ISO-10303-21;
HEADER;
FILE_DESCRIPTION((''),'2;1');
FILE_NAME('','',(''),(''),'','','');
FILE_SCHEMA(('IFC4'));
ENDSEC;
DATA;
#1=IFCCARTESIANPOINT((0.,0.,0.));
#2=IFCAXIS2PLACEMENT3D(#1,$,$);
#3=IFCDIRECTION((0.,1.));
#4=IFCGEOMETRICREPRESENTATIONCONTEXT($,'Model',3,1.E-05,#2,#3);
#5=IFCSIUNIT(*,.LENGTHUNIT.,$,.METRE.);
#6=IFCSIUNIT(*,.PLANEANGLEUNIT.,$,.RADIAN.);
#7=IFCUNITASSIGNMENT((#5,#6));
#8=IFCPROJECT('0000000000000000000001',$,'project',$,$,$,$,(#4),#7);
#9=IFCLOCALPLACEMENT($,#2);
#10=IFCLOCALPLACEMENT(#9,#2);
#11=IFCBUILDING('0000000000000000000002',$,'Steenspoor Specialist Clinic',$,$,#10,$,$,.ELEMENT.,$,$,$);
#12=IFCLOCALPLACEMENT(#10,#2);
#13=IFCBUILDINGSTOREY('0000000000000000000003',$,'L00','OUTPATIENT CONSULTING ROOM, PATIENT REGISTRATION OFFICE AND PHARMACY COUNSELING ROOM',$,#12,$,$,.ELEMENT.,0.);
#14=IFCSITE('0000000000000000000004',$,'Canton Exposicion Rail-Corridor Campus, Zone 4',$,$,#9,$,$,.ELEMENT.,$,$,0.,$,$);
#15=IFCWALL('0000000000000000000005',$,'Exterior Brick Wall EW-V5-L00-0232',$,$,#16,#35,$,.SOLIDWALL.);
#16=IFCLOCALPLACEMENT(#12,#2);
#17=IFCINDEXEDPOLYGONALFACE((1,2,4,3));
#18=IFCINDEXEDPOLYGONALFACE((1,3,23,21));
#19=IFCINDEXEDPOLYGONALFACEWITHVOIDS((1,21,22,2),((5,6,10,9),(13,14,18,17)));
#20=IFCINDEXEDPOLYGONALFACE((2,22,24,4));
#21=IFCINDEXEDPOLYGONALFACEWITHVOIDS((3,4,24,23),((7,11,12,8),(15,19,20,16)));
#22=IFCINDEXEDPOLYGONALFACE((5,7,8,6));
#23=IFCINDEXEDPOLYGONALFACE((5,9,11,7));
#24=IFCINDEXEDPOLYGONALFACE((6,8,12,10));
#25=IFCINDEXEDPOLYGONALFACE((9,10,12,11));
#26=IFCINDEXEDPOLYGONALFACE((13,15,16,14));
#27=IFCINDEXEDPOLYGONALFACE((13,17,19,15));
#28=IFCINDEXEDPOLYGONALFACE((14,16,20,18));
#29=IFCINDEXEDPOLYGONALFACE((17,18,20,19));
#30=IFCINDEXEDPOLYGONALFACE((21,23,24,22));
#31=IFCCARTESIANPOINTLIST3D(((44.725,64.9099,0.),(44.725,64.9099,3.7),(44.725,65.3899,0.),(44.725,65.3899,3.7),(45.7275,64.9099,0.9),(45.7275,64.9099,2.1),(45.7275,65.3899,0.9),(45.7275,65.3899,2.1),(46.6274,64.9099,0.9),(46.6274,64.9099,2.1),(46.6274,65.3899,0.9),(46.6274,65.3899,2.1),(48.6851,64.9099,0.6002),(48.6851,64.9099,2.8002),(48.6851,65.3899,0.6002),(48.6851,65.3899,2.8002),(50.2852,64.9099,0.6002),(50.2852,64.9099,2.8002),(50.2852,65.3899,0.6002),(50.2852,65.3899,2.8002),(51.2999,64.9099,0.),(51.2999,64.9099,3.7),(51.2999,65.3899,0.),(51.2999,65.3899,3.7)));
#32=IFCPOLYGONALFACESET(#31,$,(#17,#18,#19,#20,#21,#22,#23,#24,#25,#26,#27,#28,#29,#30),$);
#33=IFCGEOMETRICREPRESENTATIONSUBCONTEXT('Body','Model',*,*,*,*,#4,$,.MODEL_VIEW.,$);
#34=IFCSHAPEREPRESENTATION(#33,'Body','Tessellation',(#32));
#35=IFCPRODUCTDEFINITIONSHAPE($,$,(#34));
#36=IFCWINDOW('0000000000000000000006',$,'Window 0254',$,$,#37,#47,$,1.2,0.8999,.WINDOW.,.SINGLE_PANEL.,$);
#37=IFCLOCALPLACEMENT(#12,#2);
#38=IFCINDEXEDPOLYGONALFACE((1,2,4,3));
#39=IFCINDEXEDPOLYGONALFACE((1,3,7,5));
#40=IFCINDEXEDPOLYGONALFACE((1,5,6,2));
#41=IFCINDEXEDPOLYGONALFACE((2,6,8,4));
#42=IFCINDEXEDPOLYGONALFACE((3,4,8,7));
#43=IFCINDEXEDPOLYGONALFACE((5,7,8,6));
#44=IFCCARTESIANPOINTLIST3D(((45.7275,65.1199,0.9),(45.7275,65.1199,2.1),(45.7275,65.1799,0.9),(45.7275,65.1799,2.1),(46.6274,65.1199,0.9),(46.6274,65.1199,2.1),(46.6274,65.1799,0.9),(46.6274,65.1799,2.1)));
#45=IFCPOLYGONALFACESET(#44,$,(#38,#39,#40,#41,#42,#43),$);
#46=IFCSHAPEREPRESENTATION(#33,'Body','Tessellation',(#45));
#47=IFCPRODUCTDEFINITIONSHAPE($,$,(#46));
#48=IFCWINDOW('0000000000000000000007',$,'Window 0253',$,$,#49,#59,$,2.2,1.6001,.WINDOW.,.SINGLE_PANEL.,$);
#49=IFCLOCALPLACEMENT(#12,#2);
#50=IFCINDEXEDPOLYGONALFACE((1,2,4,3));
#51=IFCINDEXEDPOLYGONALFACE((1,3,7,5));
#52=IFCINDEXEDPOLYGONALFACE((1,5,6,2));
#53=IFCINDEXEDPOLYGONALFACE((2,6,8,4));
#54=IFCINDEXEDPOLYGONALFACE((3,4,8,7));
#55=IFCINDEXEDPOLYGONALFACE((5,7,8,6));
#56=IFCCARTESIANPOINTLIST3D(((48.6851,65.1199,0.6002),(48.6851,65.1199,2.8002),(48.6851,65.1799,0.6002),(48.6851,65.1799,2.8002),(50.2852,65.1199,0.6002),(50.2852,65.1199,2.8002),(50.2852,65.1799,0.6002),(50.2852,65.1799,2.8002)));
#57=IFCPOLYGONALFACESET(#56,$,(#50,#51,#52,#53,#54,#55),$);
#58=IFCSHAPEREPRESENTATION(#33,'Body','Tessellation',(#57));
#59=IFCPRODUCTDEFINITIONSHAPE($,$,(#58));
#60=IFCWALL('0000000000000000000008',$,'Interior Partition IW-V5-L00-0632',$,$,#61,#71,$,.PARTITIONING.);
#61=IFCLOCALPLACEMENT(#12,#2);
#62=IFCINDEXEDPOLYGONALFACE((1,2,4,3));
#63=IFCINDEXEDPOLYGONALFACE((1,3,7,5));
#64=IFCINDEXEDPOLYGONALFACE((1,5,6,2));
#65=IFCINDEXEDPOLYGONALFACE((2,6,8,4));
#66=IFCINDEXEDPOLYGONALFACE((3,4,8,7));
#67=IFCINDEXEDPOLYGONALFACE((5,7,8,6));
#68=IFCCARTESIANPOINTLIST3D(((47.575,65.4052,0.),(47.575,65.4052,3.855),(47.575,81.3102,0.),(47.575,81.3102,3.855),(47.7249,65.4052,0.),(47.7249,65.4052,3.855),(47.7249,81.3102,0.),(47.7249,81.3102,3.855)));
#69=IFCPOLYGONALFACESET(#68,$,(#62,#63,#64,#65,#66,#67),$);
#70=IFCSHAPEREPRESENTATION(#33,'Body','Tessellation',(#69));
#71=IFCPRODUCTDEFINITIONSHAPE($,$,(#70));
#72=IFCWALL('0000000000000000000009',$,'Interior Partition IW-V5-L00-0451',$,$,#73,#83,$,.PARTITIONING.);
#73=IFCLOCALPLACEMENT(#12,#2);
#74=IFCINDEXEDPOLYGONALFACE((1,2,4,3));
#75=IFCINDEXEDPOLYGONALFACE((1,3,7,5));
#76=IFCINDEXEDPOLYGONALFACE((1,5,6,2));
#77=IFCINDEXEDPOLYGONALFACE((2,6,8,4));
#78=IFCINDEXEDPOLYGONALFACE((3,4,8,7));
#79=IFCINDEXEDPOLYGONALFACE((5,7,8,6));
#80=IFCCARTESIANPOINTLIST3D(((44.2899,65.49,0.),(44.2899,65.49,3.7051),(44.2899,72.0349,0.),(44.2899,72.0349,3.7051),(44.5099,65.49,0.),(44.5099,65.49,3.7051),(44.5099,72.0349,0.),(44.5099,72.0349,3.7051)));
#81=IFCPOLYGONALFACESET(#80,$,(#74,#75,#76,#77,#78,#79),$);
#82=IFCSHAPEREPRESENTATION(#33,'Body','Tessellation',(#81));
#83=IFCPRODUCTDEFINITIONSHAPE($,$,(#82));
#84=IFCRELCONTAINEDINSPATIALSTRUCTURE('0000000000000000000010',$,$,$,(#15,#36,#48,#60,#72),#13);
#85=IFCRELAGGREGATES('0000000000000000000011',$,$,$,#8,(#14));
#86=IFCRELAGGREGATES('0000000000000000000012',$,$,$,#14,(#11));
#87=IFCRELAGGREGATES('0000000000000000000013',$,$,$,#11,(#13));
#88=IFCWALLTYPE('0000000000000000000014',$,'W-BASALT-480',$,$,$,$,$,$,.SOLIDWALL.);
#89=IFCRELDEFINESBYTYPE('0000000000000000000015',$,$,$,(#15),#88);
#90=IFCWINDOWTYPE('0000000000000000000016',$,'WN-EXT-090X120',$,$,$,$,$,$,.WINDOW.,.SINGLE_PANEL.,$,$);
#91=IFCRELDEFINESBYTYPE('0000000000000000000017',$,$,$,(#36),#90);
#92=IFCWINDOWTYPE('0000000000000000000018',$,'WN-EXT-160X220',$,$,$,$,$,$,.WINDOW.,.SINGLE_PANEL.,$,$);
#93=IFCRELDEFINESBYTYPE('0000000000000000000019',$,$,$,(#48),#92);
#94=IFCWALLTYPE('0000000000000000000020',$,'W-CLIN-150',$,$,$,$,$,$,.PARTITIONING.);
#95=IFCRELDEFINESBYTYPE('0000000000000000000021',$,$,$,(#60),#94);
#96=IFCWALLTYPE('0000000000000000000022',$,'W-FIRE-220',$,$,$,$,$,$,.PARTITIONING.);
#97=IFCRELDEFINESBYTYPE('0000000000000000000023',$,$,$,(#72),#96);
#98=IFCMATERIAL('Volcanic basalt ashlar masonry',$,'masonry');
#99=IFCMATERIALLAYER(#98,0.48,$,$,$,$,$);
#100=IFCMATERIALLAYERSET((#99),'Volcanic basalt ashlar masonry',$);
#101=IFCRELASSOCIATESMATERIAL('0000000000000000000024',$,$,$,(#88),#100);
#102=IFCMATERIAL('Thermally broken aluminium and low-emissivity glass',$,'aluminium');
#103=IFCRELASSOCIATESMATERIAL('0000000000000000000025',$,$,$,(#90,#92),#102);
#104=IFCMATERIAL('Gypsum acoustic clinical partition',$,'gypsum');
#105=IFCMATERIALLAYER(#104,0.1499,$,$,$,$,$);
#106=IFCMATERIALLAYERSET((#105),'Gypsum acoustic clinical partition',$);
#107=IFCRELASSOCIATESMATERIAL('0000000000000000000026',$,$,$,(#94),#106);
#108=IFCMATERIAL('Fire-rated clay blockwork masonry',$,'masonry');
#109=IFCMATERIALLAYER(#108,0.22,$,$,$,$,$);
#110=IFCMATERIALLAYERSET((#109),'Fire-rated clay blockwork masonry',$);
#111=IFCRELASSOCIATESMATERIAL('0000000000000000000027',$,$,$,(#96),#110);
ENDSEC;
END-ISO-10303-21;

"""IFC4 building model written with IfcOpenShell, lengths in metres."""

from ifc_helpers import new_model, si_unit, direction, frame, frame_2d, origin, place, context, subcontext, project, spatial, rectangle, extrude, material, layer, layer_set, type_object, element, fill, save


model = new_model("IFC4")

# Units and contexts
model_context = context("Model", 3, precision=1e-05, world=origin(), true_north=direction((0.0, 1.0)))
body_context = subcontext(model_context, "Body", "Model", "MODEL_VIEW")
ifc_project = project(units=[si_unit("LENGTHUNIT", "METRE"), si_unit("PLANEANGLEUNIT", "RADIAN")], contexts=[model_context])

# Site, building, storey
site_placement = place(None, origin())
site = spatial("IfcSite", under=ifc_project, at=site_placement, Name="Canton Exposicion Rail-Corridor Campus, Zone 4", CompositionType="ELEMENT", RefElevation=0.0)
building_placement = place(site_placement, origin())
building = spatial("IfcBuilding", under=site, at=building_placement, Name="Steenspoor Specialist Clinic", CompositionType="ELEMENT")
storey_placement = place(building_placement, origin())
storey = spatial("IfcBuildingStorey", under=building, at=storey_placement, Name="L00", Description="OUTPATIENT CONSULTING ROOM, PATIENT REGISTRATION OFFICE AND PHARMACY COUNSELING ROOM", CompositionType="ELEMENT", Elevation=0.0)

# Shared definitions
ifc_material_1 = material(Name="Volcanic basalt ashlar masonry", Category="masonry")
ifc_layer_1 = layer(ifc_material_1, 0.48)
ifc_layer_set_1 = layer_set([ifc_layer_1], Name="Volcanic basalt ashlar masonry")
wall_type_1 = type_object("IfcWallType", Name="W-BASALT-480", PredefinedType="SOLIDWALL", material=ifc_layer_set_1)
ifc_material_2 = material(Name="Thermally broken aluminium and low-emissivity glass", Category="aluminium")

# Wall, openings, windows
wall_1_placement = place(storey_placement, frame((51.3, 65.1499, 0.0), z_axis=(0.0, 0.0, 1.0), x_axis=(-1.0, 0.0, 0.0)))
wall_1 = element("IfcWall", 1, at=wall_1_placement, inside=storey, type_object=wall_type_1, Name="Exterior Brick Wall EW-V5-L00-0232", PredefinedType="SOLIDWALL", context=body_context, shape_type="SweptSolid", body=[
    extrude(rectangle(XDim=6.575, YDim=0.48, at=frame_2d((3.2876, 0.0))), origin(), (0.0, 0.0, 1.0), 3.7),
])
opening_1_placement = place(wall_1_placement, frame((1.0149, 0.0, 0.6001)))
opening_1 = element("IfcOpeningElement", 2, at=opening_1_placement, cuts=wall_1, PredefinedType="OPENING", context=body_context, shape_type="SweptSolid", body=[
    extrude(rectangle(XDim=1.6001, YDim=2.2, at=frame_2d((0.8, 1.1001))), frame((0.0, 0.25, 0.0), z_axis=(0.0, -1.0, 0.0), x_axis=(1.0, 0.0, 0.0)), (0.0, 0.0, 1.0), 0.5),
])
opening_2_placement = place(wall_1_placement, frame((4.6726, 0.0, 0.8999)))
opening_2 = element("IfcOpeningElement", 3, at=opening_2_placement, cuts=wall_1, PredefinedType="OPENING", context=body_context, shape_type="SweptSolid", body=[
    extrude(rectangle(XDim=0.8999, YDim=1.2, at=frame_2d((0.45, 0.6001))), frame((0.0, 0.25, 0.0), z_axis=(0.0, -1.0, 0.0), x_axis=(1.0, 0.0, 0.0)), (0.0, 0.0, 1.0), 0.5),
])
window_type_1 = type_object("IfcWindowType", Name="WN-EXT-090X120", PartitioningType="SINGLE_PANEL", PredefinedType="WINDOW", material=ifc_material_2)
window_1_placement = place(opening_2_placement, origin())
window_1 = element("IfcWindow", 4, at=window_1_placement, inside=storey, type_object=window_type_1, Name="Window 0254", OverallHeight=1.2, OverallWidth=0.8999, PartitioningType="SINGLE_PANEL", PredefinedType="WINDOW", context=body_context, shape_type="SweptSolid", body=[
    extrude(rectangle(XDim=0.8999, YDim=1.2, at=frame_2d((0.45, 0.6001))), frame((0.0, 0.03, 0.0), z_axis=(0.0, -1.0, 0.0), x_axis=(1.0, 0.0, 0.0)), (0.0, 0.0, 1.0), 0.0601),
])
fill(opening_2, window_1)
window_type_2 = type_object("IfcWindowType", Name="WN-EXT-160X220", PartitioningType="SINGLE_PANEL", PredefinedType="WINDOW", material=ifc_material_2)
window_2_placement = place(opening_1_placement, origin())
window_2 = element("IfcWindow", 5, at=window_2_placement, inside=storey, type_object=window_type_2, Name="Window 0253", OverallHeight=2.2, OverallWidth=1.6001, PartitioningType="SINGLE_PANEL", PredefinedType="WINDOW", context=body_context, shape_type="SweptSolid", body=[
    extrude(rectangle(XDim=1.6001, YDim=2.2, at=frame_2d((0.8, 1.1001))), frame((0.0, 0.03, 0.0), z_axis=(0.0, -1.0, 0.0), x_axis=(1.0, 0.0, 0.0)), (0.0, 0.0, 1.0), 0.0601),
])
fill(opening_1, window_2)

# Walls
ifc_material_3 = material(Name="Gypsum acoustic clinical partition", Category="gypsum")
ifc_layer_2 = layer(ifc_material_3, 0.1499)
ifc_layer_set_2 = layer_set([ifc_layer_2], Name="Gypsum acoustic clinical partition")
wall_type_2 = type_object("IfcWallType", Name="W-CLIN-150", PredefinedType="PARTITIONING", material=ifc_layer_set_2)
wall_2_placement = place(storey_placement, frame((47.6499, 65.405, 0.0), z_axis=(0.0, 0.0, 1.0), x_axis=(0.0, 1.0, 0.0)))
element("IfcWall", 6, at=wall_2_placement, inside=storey, type_object=wall_type_2, Name="Interior Partition IW-V5-L00-0632", PredefinedType="PARTITIONING", context=body_context, shape_type="SweptSolid", body=[
    extrude(rectangle(XDim=15.905, YDim=0.1499, at=frame_2d((7.9526, 0.0))), origin(), (0.0, 0.0, 1.0), 3.855),
])
ifc_material_4 = material(Name="Fire-rated clay blockwork masonry", Category="masonry")
ifc_layer_3 = layer(ifc_material_4, 0.22)
ifc_layer_set_3 = layer_set([ifc_layer_3], Name="Fire-rated clay blockwork masonry")
wall_type_3 = type_object("IfcWallType", Name="W-FIRE-220", PredefinedType="PARTITIONING", material=ifc_layer_set_3)
wall_3_placement = place(storey_placement, frame((44.3999, 65.49, 0.0), z_axis=(0.0, 0.0, 1.0), x_axis=(0.0, 1.0, 0.0)))
element("IfcWall", 7, at=wall_3_placement, inside=storey, type_object=wall_type_3, Name="Interior Partition IW-V5-L00-0451", PredefinedType="PARTITIONING", context=body_context, shape_type="SweptSolid", body=[
    extrude(rectangle(XDim=6.5449, YDim=0.22, at=frame_2d((3.2725, 0.0))), origin(), (0.0, 0.0, 1.0), 3.7051),
])

save(model, "model.ifc")
